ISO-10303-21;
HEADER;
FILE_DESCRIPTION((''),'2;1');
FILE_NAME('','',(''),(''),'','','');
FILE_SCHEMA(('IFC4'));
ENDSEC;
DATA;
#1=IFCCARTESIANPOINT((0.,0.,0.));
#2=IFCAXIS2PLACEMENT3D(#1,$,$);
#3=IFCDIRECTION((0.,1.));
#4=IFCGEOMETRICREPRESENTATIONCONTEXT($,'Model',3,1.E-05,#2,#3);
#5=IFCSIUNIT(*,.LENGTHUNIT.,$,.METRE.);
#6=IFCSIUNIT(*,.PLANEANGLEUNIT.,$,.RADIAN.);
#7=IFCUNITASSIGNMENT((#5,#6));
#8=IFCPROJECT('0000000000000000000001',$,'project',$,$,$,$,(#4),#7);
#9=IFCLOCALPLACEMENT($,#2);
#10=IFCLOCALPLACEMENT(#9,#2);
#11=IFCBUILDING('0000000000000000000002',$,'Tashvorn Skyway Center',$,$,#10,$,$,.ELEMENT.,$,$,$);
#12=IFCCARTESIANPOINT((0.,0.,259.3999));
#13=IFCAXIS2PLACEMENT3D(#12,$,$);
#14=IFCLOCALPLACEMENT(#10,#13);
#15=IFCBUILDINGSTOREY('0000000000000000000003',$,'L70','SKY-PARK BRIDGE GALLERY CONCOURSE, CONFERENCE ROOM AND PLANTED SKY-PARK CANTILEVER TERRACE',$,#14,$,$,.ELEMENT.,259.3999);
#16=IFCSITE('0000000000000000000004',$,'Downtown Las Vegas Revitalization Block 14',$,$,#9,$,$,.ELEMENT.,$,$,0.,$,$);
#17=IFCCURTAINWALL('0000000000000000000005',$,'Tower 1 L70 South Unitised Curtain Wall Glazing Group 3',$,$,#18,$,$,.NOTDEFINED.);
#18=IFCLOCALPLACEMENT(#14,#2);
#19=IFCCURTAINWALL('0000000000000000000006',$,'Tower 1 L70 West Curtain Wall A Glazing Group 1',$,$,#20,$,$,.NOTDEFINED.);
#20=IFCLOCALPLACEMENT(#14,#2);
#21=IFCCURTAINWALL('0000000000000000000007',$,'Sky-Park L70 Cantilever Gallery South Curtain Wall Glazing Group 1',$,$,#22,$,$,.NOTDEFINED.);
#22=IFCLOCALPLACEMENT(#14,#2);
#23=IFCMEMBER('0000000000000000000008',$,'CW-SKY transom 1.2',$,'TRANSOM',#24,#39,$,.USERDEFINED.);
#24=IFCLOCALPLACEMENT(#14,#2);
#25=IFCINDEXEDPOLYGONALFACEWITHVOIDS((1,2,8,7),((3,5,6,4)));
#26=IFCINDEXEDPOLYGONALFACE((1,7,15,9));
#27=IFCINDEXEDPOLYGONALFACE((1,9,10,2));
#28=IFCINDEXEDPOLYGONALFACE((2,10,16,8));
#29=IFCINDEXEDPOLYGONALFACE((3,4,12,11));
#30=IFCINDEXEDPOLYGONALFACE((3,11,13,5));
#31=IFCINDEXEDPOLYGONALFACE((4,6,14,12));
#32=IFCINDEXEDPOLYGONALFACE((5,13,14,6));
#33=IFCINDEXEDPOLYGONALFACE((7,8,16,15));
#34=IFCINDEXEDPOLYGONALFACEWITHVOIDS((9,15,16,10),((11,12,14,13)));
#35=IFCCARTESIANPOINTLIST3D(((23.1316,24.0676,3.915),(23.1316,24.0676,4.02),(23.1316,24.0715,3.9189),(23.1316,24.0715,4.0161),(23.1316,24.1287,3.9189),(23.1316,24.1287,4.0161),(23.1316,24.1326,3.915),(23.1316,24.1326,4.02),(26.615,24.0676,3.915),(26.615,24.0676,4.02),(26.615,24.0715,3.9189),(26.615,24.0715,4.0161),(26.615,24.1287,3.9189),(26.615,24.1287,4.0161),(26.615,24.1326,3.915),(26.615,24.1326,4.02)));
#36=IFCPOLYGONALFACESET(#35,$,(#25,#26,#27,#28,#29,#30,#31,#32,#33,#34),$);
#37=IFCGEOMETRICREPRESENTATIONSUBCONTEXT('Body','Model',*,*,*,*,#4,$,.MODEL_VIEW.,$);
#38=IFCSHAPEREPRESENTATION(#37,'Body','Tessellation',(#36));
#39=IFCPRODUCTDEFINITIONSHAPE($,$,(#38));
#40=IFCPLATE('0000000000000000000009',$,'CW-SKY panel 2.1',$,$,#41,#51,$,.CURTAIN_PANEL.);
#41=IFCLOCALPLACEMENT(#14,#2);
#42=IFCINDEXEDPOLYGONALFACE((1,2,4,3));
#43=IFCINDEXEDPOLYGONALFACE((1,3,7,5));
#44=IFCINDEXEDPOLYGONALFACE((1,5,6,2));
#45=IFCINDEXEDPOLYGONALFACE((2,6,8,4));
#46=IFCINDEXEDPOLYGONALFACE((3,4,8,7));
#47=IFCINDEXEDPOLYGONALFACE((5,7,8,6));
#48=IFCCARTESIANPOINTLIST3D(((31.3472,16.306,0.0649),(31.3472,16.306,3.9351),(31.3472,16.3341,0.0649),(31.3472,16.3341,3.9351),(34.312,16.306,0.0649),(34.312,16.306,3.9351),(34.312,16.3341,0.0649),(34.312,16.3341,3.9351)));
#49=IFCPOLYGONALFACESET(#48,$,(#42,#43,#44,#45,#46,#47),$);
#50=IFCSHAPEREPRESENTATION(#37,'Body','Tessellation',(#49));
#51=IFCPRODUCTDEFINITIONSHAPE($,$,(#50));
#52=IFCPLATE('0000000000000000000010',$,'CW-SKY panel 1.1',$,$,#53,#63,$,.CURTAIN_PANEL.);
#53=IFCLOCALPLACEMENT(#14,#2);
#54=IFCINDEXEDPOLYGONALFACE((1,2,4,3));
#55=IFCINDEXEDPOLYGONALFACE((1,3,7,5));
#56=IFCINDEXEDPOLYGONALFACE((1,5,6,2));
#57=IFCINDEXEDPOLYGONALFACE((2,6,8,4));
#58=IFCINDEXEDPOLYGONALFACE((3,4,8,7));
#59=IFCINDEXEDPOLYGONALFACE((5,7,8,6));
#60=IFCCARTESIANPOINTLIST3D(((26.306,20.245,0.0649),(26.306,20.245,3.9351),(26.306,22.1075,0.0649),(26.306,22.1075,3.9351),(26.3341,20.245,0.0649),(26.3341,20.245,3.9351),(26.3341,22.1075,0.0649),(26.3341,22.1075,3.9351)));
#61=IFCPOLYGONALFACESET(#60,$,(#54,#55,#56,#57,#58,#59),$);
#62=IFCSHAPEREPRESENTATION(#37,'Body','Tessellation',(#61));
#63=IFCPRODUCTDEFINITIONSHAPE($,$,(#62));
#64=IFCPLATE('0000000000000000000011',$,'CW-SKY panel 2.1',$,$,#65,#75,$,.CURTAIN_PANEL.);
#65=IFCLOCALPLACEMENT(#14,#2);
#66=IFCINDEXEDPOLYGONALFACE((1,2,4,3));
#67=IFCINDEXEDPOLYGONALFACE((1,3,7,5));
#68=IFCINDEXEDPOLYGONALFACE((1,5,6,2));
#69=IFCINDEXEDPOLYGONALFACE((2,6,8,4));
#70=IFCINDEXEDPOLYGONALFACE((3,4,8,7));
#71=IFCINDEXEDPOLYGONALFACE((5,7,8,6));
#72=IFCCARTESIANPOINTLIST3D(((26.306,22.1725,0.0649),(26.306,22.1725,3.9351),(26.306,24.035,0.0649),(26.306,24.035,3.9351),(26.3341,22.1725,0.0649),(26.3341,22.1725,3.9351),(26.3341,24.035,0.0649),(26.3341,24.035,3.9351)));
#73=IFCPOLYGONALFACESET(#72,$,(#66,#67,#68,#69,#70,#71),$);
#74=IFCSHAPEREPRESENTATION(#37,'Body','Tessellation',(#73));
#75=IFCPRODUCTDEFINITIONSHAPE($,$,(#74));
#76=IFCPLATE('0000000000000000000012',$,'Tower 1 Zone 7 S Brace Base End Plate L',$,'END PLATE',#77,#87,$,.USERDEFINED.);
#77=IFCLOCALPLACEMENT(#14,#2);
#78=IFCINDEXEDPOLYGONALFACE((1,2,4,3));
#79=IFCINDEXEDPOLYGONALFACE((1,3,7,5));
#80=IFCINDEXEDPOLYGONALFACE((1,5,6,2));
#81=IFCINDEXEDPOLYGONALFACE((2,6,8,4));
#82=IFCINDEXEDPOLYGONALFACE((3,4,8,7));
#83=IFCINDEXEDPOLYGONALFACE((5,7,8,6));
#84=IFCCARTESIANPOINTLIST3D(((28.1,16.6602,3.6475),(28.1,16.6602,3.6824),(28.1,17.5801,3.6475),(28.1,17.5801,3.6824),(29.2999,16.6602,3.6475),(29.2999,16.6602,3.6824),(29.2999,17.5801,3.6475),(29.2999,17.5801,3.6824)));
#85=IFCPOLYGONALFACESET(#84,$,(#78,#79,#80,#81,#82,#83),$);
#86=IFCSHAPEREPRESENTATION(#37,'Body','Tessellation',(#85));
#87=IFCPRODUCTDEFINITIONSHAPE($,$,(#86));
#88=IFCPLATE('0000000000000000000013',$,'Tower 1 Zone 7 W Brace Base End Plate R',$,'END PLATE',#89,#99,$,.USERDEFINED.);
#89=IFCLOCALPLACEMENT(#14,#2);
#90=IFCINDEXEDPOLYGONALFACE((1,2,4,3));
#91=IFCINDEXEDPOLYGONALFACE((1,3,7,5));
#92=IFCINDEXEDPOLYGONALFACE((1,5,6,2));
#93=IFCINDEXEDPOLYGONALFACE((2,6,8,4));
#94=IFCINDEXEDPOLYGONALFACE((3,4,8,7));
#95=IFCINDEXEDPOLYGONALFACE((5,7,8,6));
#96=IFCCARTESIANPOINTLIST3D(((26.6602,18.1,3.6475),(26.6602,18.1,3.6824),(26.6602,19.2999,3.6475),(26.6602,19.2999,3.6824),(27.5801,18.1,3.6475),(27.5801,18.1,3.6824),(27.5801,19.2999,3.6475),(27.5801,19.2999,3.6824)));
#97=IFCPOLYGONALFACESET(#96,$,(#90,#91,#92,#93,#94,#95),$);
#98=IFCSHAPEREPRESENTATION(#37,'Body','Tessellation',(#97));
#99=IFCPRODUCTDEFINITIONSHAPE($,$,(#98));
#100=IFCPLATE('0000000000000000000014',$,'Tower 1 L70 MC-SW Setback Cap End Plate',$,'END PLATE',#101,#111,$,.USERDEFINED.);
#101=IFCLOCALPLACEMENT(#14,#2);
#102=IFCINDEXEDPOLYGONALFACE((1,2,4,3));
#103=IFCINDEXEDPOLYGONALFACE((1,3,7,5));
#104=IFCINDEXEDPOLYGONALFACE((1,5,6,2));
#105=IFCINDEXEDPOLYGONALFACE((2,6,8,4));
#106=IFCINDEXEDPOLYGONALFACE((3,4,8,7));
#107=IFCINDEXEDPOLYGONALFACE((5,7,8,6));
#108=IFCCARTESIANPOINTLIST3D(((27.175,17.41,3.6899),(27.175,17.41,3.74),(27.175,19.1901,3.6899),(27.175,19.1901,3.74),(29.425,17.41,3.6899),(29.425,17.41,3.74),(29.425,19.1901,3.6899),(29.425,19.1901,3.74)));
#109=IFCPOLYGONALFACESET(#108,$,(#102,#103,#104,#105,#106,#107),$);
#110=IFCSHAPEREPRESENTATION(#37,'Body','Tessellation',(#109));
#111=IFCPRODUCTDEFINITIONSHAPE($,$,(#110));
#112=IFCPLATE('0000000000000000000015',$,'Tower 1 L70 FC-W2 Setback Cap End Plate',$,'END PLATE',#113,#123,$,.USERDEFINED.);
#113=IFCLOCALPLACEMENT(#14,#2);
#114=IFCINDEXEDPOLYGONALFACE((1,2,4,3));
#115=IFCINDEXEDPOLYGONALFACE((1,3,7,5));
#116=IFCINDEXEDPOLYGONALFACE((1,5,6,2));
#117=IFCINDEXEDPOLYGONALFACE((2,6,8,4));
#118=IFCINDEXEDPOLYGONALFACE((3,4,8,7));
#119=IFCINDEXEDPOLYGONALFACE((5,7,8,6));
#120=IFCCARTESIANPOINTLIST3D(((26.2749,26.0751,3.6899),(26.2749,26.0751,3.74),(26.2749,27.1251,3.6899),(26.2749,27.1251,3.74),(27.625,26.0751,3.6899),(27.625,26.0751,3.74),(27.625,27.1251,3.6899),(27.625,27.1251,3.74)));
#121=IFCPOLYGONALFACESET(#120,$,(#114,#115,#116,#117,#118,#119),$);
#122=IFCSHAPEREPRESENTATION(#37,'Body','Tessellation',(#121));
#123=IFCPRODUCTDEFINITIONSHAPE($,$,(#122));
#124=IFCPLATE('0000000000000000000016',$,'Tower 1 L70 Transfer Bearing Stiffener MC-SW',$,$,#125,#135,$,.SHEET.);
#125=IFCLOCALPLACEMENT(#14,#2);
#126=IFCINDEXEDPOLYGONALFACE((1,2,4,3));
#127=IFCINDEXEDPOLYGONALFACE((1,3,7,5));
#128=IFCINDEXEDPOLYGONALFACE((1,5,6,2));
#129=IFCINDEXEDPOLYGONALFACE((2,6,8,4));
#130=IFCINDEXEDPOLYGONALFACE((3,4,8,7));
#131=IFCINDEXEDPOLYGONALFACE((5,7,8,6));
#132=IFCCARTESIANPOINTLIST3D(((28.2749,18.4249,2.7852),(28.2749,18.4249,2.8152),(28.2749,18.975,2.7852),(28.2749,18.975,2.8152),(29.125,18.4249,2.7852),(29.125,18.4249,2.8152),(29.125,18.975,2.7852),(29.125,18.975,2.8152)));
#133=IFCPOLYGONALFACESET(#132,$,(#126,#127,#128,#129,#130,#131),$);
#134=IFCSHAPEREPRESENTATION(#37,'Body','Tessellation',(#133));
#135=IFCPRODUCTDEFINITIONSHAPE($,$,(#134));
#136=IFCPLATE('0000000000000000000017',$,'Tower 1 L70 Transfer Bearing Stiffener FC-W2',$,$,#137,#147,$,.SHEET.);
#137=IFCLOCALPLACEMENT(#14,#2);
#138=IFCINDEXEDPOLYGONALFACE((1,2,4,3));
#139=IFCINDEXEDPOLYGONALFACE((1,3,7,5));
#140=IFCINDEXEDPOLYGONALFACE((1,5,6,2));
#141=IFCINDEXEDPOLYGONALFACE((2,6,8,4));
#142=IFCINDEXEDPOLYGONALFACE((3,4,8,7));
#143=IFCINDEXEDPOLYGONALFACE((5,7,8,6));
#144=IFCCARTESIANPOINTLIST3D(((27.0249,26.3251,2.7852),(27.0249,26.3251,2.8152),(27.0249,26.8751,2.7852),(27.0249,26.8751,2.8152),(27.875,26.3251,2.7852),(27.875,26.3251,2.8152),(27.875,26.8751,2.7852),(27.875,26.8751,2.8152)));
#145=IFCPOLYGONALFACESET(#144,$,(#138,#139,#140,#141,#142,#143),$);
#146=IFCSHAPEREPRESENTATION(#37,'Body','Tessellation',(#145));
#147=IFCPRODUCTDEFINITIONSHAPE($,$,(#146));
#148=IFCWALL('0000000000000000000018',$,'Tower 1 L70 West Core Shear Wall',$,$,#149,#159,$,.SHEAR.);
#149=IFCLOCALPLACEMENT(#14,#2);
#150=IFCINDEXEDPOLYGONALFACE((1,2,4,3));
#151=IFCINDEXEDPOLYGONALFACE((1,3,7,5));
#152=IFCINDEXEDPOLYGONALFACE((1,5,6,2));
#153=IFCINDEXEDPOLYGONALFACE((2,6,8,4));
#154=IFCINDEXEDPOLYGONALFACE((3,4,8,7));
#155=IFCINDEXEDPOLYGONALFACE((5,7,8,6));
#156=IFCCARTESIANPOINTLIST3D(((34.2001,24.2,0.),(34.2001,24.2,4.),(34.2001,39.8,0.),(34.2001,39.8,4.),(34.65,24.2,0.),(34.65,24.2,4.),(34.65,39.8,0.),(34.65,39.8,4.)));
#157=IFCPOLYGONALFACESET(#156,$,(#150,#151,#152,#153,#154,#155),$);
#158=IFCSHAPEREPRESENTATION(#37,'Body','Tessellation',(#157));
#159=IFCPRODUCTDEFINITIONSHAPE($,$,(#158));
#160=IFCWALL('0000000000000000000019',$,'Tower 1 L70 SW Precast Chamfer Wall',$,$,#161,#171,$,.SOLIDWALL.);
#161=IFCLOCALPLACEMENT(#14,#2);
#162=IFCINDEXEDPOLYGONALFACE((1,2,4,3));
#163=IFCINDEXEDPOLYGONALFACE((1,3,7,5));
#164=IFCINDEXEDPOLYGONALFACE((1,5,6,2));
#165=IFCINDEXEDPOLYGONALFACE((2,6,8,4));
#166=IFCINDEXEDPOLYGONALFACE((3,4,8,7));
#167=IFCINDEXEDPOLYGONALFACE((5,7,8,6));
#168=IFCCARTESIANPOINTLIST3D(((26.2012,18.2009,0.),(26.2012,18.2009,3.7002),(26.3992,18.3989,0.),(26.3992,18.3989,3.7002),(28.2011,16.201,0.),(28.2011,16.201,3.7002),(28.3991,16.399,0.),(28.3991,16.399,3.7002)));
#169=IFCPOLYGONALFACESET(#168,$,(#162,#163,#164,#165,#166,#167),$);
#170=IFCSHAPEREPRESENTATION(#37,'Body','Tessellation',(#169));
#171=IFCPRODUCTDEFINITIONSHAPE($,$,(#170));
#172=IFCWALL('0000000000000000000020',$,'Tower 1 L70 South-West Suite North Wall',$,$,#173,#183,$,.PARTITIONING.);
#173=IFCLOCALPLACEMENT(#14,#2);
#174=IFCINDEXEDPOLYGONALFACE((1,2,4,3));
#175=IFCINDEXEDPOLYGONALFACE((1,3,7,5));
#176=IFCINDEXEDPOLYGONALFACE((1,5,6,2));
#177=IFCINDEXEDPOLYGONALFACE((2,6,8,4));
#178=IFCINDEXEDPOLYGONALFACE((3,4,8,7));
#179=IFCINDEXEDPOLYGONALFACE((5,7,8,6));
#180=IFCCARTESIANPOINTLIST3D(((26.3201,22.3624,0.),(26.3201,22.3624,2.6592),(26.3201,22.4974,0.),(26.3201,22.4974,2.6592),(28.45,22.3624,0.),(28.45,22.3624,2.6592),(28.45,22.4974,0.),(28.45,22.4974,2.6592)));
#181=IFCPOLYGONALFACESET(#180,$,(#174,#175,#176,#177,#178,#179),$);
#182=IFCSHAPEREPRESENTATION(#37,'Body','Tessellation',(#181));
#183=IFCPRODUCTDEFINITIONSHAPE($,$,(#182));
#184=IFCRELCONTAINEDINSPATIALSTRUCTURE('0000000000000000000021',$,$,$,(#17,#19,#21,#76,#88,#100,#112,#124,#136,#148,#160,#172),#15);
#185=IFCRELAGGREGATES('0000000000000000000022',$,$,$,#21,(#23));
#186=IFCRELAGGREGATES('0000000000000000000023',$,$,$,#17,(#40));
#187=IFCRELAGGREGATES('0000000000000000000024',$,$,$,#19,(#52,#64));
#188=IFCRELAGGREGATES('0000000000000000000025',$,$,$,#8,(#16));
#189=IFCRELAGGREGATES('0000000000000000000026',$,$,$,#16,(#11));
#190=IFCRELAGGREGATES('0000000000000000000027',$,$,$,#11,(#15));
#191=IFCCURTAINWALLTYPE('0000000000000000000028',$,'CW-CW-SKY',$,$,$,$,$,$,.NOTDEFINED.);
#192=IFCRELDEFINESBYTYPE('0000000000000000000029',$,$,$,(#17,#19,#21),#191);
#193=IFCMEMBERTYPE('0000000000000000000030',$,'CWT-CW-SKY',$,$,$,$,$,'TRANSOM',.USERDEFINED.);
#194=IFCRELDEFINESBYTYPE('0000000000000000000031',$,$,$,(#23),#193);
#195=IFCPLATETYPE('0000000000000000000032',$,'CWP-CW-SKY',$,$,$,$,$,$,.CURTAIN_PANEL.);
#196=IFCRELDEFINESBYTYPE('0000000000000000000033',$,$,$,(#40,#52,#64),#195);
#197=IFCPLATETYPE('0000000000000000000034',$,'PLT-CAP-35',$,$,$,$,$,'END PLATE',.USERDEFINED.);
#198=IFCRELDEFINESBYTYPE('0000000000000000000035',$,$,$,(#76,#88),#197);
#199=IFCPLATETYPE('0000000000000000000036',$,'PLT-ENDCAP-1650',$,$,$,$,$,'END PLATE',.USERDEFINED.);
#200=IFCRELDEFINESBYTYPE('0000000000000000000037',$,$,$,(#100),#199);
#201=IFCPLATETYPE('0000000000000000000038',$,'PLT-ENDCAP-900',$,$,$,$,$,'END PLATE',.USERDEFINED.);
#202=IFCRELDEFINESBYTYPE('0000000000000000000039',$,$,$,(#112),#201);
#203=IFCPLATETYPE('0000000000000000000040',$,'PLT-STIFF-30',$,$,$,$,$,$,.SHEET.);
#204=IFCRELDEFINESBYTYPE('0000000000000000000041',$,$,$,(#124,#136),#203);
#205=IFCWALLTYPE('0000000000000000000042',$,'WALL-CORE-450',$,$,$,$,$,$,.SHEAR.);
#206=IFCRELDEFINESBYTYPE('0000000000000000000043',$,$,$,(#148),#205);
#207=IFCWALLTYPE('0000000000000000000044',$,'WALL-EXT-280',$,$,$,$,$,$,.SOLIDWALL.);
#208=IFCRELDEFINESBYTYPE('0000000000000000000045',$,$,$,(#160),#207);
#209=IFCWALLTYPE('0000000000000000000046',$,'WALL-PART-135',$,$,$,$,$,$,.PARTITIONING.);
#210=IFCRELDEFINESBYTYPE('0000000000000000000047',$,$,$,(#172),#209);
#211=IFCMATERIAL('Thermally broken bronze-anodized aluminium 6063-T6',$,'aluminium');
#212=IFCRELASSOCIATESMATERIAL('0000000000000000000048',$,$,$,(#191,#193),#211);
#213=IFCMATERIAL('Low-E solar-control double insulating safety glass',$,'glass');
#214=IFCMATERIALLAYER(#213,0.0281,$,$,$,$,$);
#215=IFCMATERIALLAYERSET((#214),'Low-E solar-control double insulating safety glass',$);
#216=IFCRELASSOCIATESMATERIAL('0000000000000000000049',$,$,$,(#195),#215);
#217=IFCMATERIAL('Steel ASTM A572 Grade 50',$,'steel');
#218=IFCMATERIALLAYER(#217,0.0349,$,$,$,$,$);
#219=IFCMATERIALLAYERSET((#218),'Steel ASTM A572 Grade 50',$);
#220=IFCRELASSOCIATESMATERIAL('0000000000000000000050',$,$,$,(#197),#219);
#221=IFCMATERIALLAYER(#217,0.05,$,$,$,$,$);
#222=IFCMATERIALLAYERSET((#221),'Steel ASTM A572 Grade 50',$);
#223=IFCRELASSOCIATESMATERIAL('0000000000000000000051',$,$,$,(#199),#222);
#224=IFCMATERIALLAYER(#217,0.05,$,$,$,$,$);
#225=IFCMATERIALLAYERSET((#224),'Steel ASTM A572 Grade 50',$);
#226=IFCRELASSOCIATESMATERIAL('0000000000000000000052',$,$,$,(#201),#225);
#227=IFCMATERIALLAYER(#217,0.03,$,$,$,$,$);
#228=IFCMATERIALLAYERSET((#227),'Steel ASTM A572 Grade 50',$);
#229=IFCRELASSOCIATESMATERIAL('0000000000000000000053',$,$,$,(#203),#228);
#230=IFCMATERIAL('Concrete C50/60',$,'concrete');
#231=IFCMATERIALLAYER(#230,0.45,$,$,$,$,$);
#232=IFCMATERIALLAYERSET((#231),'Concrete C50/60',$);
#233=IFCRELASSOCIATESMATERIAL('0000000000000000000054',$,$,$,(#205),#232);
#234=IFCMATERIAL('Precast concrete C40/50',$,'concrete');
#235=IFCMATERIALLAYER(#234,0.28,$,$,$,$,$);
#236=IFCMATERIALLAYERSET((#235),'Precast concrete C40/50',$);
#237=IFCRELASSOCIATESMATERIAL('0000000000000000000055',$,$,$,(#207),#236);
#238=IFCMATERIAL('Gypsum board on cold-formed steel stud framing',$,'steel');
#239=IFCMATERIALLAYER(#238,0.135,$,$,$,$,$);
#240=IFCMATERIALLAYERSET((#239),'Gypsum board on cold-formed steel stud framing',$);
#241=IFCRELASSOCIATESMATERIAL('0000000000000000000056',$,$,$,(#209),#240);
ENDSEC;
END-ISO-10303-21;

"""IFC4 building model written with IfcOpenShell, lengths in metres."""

from ifc_helpers import new_model, si_unit, direction, frame, frame_2d, origin, origin_2d, place, context, subcontext, project, spatial, rectangle, hollow_rectangle, extrude, material, layer, layer_set, material_profile, profile_set, type_object, element, aggregate, save


model = new_model("IFC4")

# Units and contexts
model_context = context("Model", 3, precision=1e-05, world=origin(), true_north=direction((0.0, 1.0)))
body_context = subcontext(model_context, "Body", "Model", "MODEL_VIEW")
ifc_project = project(units=[si_unit("LENGTHUNIT", "METRE"), si_unit("PLANEANGLEUNIT", "RADIAN")], contexts=[model_context])

# Site, building, storey
site_placement = place(None, origin())
site = spatial("IfcSite", under=ifc_project, at=site_placement, Name="Downtown Las Vegas Revitalization Block 14", CompositionType="ELEMENT", RefElevation=0.0)
building_placement = place(site_placement, origin())
building = spatial("IfcBuilding", under=site, at=building_placement, Name="Tashvorn Skyway Center", CompositionType="ELEMENT")
storey_placement = place(building_placement, frame((0.0, 0.0, 259.3999)))
storey = spatial("IfcBuildingStorey", under=building, at=storey_placement, Name="L70", Description="SKY-PARK BRIDGE GALLERY CONCOURSE, CONFERENCE ROOM AND PLANTED SKY-PARK CANTILEVER TERRACE", CompositionType="ELEMENT", Elevation=259.3999)

# Shared definitions
ifc_material_1 = material(Name="Steel ASTM A572 Grade 50", Category="steel")

# Curtain walls
ifc_material_2 = material(Name="Thermally broken bronze-anodized aluminium 6063-T6", Category="aluminium")
curtain_wall_type = type_object("IfcCurtainWallType", Name="CW-CW-SKY", PredefinedType="NOTDEFINED", material=ifc_material_2)
curtain_wall_1_placement = place(storey_placement, origin())
curtain_wall_1 = element("IfcCurtainWall", 1, at=curtain_wall_1_placement, inside=storey, type_object=curtain_wall_type, Name="Tower 1 L70 South Unitised Curtain Wall Glazing Group 3", PredefinedType="NOTDEFINED")
curtain_wall_2_placement = place(storey_placement, origin())
curtain_wall_2 = element("IfcCurtainWall", 2, at=curtain_wall_2_placement, inside=storey, type_object=curtain_wall_type, Name="Tower 1 L70 West Curtain Wall A Glazing Group 1", PredefinedType="NOTDEFINED")

# Curtain wall
curtain_wall_3_placement = place(storey_placement, origin())
curtain_wall_3 = element("IfcCurtainWall", 3, at=curtain_wall_3_placement, inside=storey, type_object=curtain_wall_type, Name="Sky-Park L70 Cantilever Gallery South Curtain Wall Glazing Group 1", PredefinedType="NOTDEFINED")

# Member
ifc_material_profile_1 = material_profile(ifc_material_2, hollow_rectangle(XDim=0.0649, YDim=0.105, WallThickness=0.0039, at=origin_2d()), Name="ALU-TRAN-65x105")
ifc_profile_set_1 = profile_set([ifc_material_profile_1], Name="Thermally broken bronze-anodized aluminium 6063-T6")
member_type_1 = type_object("IfcMemberType", Name="CWT-CW-SKY", ElementType="TRANSOM", PredefinedType="USERDEFINED", material=ifc_profile_set_1)
member_1_placement = place(storey_placement, frame((26.615, 24.1001, 3.9675), z_axis=(-1.0, 0.0, 0.0), x_axis=(0.0, -1.0, 0.0)))
member_1 = element("IfcMember", 4, at=member_1_placement, type_object=member_type_1, Name="CW-SKY transom 1.2", ObjectType="TRANSOM", PredefinedType="USERDEFINED", context=body_context, shape_type="SweptSolid", body=[
    extrude(hollow_rectangle(XDim=0.0649, YDim=0.105, WallThickness=0.0039, at=origin_2d()), origin(), (0.0, 0.0, 1.0), 3.4834),
])
aggregate(curtain_wall_3, [member_1])

# Plates
ifc_material_3 = material(Name="Low-E solar-control double insulating safety glass", Category="glass")
ifc_layer_1 = layer(ifc_material_3, 0.0281)
ifc_layer_set_1 = layer_set([ifc_layer_1], Name="Low-E solar-control double insulating safety glass")
plate_type_1 = type_object("IfcPlateType", Name="CWP-CW-SKY", PredefinedType="CURTAIN_PANEL", material=ifc_layer_set_1)
plate_1_placement = place(storey_placement, frame((32.8296, 16.3201, 0.0649), z_axis=(0.0, 0.0, 1.0), x_axis=(-1.0, 0.0, 0.0)))
plate_1 = element("IfcPlate", 5, at=plate_1_placement, type_object=plate_type_1, Name="CW-SKY panel 2.1", PredefinedType="CURTAIN_PANEL", context=body_context, shape_type="SweptSolid", body=[
    extrude(rectangle(XDim=2.9648, YDim=0.0281, at=origin_2d()), origin(), (0.0, 0.0, 1.0), 3.8701),
])
aggregate(curtain_wall_1, [plate_1])
plate_2_placement = place(storey_placement, frame((26.3201, 21.1763, 0.0649), z_axis=(0.0, 0.0, 1.0), x_axis=(0.0, 1.0, 0.0)))
plate_2 = element("IfcPlate", 6, at=plate_2_placement, type_object=plate_type_1, Name="CW-SKY panel 1.1", PredefinedType="CURTAIN_PANEL", context=body_context, shape_type="SweptSolid", body=[
    extrude(rectangle(XDim=1.8625, YDim=0.0281, at=origin_2d()), origin(), (0.0, 0.0, 1.0), 3.8701),
])
plate_3_placement = place(storey_placement, frame((26.3201, 23.1038, 0.0649), z_axis=(0.0, 0.0, 1.0), x_axis=(0.0, 1.0, 0.0)))
plate_3 = element("IfcPlate", 7, at=plate_3_placement, type_object=plate_type_1, Name="CW-SKY panel 2.1", PredefinedType="CURTAIN_PANEL", context=body_context, shape_type="SweptSolid", body=[
    extrude(rectangle(XDim=1.8625, YDim=0.0281, at=origin_2d()), origin(), (0.0, 0.0, 1.0), 3.8701),
])
aggregate(curtain_wall_2, [plate_2, plate_3])

# Plates
ifc_layer_2 = layer(ifc_material_1, 0.0349)
ifc_layer_set_2 = layer_set([ifc_layer_2], Name="Steel ASTM A572 Grade 50")
plate_type_2 = type_object("IfcPlateType", Name="PLT-CAP-35", ElementType="END PLATE", PredefinedType="USERDEFINED", material=ifc_layer_set_2)
for number, where, z_axis, x_axis, name in (
    (8, (28.7, 17.1201, 3.6475), (0.0, 0.0, 1.0), (1.0, 0.0, 0.0), "Tower 1 Zone 7 S Brace Base End Plate L"),
    (9, (27.1201, 18.7, 3.6475), (0.0, 0.0, 1.0), (0.0, -1.0, 0.0), "Tower 1 Zone 7 W Brace Base End Plate R"),
):
    element("IfcPlate", number, at=place(storey_placement, frame(where, z_axis=z_axis, x_axis=x_axis)), inside=storey, type_object=plate_type_2, Name=name, ObjectType="END PLATE", PredefinedType="USERDEFINED", context=body_context, shape_type="SweptSolid", body=[
        extrude(rectangle(XDim=1.2, YDim=0.9199, at=origin_2d()), origin(), (0.0, 0.0, 1.0), 0.0349),
    ])
ifc_layer_3 = layer(ifc_material_1, 0.05)
ifc_layer_set_3 = layer_set([ifc_layer_3], Name="Steel ASTM A572 Grade 50")
plate_type_3 = type_object("IfcPlateType", Name="PLT-ENDCAP-1650", ElementType="END PLATE", PredefinedType="USERDEFINED", material=ifc_layer_set_3)
plate_4_placement = place(storey_placement, frame((28.3, 18.3, 3.6899), z_axis=(0.0, 0.0, 1.0), x_axis=(1.0, 0.0, 0.0)))
element("IfcPlate", 10, at=plate_4_placement, inside=storey, type_object=plate_type_3, Name="Tower 1 L70 MC-SW Setback Cap End Plate", ObjectType="END PLATE", PredefinedType="USERDEFINED", context=body_context, shape_type="SweptSolid", body=[
    extrude(rectangle(XDim=2.25, YDim=1.78, at=origin_2d()), origin(), (0.0, 0.0, 1.0), 0.05),
])
ifc_layer_4 = layer(ifc_material_1, 0.05)
ifc_layer_set_4 = layer_set([ifc_layer_4], Name="Steel ASTM A572 Grade 50")
plate_type_4 = type_object("IfcPlateType", Name="PLT-ENDCAP-900", ElementType="END PLATE", PredefinedType="USERDEFINED", material=ifc_layer_set_4)
plate_5_placement = place(storey_placement, frame((26.95, 26.6001, 3.6899), z_axis=(0.0, 0.0, 1.0), x_axis=(1.0, 0.0, 0.0)))
element("IfcPlate", 11, at=plate_5_placement, inside=storey, type_object=plate_type_4, Name="Tower 1 L70 FC-W2 Setback Cap End Plate", ObjectType="END PLATE", PredefinedType="USERDEFINED", context=body_context, shape_type="SweptSolid", body=[
    extrude(rectangle(XDim=1.3501, YDim=1.05, at=origin_2d()), origin(), (0.0, 0.0, 1.0), 0.05),
])
ifc_layer_5 = layer(ifc_material_1, 0.03)
ifc_layer_set_5 = layer_set([ifc_layer_5], Name="Steel ASTM A572 Grade 50")
plate_type_5 = type_object("IfcPlateType", Name="PLT-STIFF-30", PredefinedType="SHEET", material=ifc_layer_set_5)
for number, where, z_axis, x_axis, name in (
    (12, (28.7, 18.7, 2.7852), (0.0, 0.0, 1.0), (1.0, 0.0, 0.0), "Tower 1 L70 Transfer Bearing Stiffener MC-SW"),
    (13, (27.45, 26.6001, 2.7852), (0.0, 0.0, 1.0), (1.0, 0.0, 0.0), "Tower 1 L70 Transfer Bearing Stiffener FC-W2"),
):
    element("IfcPlate", number, at=place(storey_placement, frame(where, z_axis=z_axis, x_axis=x_axis)), inside=storey, type_object=plate_type_5, Name=name, PredefinedType="SHEET", context=body_context, shape_type="SweptSolid", body=[
        extrude(rectangle(XDim=0.8501, YDim=0.55, at=origin_2d()), origin(), (0.0, 0.0, 1.0), 0.03),
    ])

# Walls
ifc_material_4 = material(Name="Concrete C50/60", Category="concrete")
ifc_layer_6 = layer(ifc_material_4, 0.45)
ifc_layer_set_6 = layer_set([ifc_layer_6], Name="Concrete C50/60")
wall_type_1 = type_object("IfcWallType", Name="WALL-CORE-450", PredefinedType="SHEAR", material=ifc_layer_set_6)
wall_1_placement = place(storey_placement, frame((34.425, 24.2, 0.0), z_axis=(0.0, 0.0, 1.0), x_axis=(0.0, 1.0, 0.0)))
element("IfcWall", 14, at=wall_1_placement, inside=storey, type_object=wall_type_1, Name="Tower 1 L70 West Core Shear Wall", PredefinedType="SHEAR", context=body_context, shape_type="SweptSolid", body=[
    extrude(rectangle(XDim=15.6001, YDim=0.45, at=frame_2d((7.8, 0.0))), origin(), (0.0, 0.0, 1.0), 4.0),
])
ifc_material_5 = material(Name="Precast concrete C40/50", Category="concrete")
ifc_layer_7 = layer(ifc_material_5, 0.28)
ifc_layer_set_7 = layer_set([ifc_layer_7], Name="Precast concrete C40/50")
wall_type_2 = type_object("IfcWallType", Name="WALL-EXT-280", PredefinedType="SOLIDWALL", material=ifc_layer_set_7)
wall_2_placement = place(storey_placement, frame((28.3, 16.3, 0.0), z_axis=(0.0, 0.0, 1.0), x_axis=(-0.707107, 0.707107, 0.0)))
element("IfcWall", 15, at=wall_2_placement, inside=storey, type_object=wall_type_2, Name="Tower 1 L70 SW Precast Chamfer Wall", PredefinedType="SOLIDWALL", context=body_context, shape_type="SweptSolid", body=[
    extrude(rectangle(XDim=2.8284, YDim=0.28, at=frame_2d((1.4141, 0.0))), origin(), (0.0, 0.0, 1.0), 3.7002),
])
ifc_material_6 = material(Name="Gypsum board on cold-formed steel stud framing", Category="steel")
ifc_layer_8 = layer(ifc_material_6, 0.135)
ifc_layer_set_8 = layer_set([ifc_layer_8], Name="Gypsum board on cold-formed steel stud framing")
wall_type_3 = type_object("IfcWallType", Name="WALL-PART-135", PredefinedType="PARTITIONING", material=ifc_layer_set_8)
wall_3_placement = place(storey_placement, frame((26.3201, 22.4299, 0.0), z_axis=(0.0, 0.0, 1.0), x_axis=(1.0, 0.0, 0.0)))
element("IfcWall", 16, at=wall_3_placement, inside=storey, type_object=wall_type_3, Name="Tower 1 L70 South-West Suite North Wall", PredefinedType="PARTITIONING", context=body_context, shape_type="SweptSolid", body=[
    extrude(rectangle(XDim=2.1299, YDim=0.135, at=frame_2d((1.0649, 0.0))), origin(), (0.0, 0.0, 1.0), 2.6592),
])

save(model, "model.ifc")
